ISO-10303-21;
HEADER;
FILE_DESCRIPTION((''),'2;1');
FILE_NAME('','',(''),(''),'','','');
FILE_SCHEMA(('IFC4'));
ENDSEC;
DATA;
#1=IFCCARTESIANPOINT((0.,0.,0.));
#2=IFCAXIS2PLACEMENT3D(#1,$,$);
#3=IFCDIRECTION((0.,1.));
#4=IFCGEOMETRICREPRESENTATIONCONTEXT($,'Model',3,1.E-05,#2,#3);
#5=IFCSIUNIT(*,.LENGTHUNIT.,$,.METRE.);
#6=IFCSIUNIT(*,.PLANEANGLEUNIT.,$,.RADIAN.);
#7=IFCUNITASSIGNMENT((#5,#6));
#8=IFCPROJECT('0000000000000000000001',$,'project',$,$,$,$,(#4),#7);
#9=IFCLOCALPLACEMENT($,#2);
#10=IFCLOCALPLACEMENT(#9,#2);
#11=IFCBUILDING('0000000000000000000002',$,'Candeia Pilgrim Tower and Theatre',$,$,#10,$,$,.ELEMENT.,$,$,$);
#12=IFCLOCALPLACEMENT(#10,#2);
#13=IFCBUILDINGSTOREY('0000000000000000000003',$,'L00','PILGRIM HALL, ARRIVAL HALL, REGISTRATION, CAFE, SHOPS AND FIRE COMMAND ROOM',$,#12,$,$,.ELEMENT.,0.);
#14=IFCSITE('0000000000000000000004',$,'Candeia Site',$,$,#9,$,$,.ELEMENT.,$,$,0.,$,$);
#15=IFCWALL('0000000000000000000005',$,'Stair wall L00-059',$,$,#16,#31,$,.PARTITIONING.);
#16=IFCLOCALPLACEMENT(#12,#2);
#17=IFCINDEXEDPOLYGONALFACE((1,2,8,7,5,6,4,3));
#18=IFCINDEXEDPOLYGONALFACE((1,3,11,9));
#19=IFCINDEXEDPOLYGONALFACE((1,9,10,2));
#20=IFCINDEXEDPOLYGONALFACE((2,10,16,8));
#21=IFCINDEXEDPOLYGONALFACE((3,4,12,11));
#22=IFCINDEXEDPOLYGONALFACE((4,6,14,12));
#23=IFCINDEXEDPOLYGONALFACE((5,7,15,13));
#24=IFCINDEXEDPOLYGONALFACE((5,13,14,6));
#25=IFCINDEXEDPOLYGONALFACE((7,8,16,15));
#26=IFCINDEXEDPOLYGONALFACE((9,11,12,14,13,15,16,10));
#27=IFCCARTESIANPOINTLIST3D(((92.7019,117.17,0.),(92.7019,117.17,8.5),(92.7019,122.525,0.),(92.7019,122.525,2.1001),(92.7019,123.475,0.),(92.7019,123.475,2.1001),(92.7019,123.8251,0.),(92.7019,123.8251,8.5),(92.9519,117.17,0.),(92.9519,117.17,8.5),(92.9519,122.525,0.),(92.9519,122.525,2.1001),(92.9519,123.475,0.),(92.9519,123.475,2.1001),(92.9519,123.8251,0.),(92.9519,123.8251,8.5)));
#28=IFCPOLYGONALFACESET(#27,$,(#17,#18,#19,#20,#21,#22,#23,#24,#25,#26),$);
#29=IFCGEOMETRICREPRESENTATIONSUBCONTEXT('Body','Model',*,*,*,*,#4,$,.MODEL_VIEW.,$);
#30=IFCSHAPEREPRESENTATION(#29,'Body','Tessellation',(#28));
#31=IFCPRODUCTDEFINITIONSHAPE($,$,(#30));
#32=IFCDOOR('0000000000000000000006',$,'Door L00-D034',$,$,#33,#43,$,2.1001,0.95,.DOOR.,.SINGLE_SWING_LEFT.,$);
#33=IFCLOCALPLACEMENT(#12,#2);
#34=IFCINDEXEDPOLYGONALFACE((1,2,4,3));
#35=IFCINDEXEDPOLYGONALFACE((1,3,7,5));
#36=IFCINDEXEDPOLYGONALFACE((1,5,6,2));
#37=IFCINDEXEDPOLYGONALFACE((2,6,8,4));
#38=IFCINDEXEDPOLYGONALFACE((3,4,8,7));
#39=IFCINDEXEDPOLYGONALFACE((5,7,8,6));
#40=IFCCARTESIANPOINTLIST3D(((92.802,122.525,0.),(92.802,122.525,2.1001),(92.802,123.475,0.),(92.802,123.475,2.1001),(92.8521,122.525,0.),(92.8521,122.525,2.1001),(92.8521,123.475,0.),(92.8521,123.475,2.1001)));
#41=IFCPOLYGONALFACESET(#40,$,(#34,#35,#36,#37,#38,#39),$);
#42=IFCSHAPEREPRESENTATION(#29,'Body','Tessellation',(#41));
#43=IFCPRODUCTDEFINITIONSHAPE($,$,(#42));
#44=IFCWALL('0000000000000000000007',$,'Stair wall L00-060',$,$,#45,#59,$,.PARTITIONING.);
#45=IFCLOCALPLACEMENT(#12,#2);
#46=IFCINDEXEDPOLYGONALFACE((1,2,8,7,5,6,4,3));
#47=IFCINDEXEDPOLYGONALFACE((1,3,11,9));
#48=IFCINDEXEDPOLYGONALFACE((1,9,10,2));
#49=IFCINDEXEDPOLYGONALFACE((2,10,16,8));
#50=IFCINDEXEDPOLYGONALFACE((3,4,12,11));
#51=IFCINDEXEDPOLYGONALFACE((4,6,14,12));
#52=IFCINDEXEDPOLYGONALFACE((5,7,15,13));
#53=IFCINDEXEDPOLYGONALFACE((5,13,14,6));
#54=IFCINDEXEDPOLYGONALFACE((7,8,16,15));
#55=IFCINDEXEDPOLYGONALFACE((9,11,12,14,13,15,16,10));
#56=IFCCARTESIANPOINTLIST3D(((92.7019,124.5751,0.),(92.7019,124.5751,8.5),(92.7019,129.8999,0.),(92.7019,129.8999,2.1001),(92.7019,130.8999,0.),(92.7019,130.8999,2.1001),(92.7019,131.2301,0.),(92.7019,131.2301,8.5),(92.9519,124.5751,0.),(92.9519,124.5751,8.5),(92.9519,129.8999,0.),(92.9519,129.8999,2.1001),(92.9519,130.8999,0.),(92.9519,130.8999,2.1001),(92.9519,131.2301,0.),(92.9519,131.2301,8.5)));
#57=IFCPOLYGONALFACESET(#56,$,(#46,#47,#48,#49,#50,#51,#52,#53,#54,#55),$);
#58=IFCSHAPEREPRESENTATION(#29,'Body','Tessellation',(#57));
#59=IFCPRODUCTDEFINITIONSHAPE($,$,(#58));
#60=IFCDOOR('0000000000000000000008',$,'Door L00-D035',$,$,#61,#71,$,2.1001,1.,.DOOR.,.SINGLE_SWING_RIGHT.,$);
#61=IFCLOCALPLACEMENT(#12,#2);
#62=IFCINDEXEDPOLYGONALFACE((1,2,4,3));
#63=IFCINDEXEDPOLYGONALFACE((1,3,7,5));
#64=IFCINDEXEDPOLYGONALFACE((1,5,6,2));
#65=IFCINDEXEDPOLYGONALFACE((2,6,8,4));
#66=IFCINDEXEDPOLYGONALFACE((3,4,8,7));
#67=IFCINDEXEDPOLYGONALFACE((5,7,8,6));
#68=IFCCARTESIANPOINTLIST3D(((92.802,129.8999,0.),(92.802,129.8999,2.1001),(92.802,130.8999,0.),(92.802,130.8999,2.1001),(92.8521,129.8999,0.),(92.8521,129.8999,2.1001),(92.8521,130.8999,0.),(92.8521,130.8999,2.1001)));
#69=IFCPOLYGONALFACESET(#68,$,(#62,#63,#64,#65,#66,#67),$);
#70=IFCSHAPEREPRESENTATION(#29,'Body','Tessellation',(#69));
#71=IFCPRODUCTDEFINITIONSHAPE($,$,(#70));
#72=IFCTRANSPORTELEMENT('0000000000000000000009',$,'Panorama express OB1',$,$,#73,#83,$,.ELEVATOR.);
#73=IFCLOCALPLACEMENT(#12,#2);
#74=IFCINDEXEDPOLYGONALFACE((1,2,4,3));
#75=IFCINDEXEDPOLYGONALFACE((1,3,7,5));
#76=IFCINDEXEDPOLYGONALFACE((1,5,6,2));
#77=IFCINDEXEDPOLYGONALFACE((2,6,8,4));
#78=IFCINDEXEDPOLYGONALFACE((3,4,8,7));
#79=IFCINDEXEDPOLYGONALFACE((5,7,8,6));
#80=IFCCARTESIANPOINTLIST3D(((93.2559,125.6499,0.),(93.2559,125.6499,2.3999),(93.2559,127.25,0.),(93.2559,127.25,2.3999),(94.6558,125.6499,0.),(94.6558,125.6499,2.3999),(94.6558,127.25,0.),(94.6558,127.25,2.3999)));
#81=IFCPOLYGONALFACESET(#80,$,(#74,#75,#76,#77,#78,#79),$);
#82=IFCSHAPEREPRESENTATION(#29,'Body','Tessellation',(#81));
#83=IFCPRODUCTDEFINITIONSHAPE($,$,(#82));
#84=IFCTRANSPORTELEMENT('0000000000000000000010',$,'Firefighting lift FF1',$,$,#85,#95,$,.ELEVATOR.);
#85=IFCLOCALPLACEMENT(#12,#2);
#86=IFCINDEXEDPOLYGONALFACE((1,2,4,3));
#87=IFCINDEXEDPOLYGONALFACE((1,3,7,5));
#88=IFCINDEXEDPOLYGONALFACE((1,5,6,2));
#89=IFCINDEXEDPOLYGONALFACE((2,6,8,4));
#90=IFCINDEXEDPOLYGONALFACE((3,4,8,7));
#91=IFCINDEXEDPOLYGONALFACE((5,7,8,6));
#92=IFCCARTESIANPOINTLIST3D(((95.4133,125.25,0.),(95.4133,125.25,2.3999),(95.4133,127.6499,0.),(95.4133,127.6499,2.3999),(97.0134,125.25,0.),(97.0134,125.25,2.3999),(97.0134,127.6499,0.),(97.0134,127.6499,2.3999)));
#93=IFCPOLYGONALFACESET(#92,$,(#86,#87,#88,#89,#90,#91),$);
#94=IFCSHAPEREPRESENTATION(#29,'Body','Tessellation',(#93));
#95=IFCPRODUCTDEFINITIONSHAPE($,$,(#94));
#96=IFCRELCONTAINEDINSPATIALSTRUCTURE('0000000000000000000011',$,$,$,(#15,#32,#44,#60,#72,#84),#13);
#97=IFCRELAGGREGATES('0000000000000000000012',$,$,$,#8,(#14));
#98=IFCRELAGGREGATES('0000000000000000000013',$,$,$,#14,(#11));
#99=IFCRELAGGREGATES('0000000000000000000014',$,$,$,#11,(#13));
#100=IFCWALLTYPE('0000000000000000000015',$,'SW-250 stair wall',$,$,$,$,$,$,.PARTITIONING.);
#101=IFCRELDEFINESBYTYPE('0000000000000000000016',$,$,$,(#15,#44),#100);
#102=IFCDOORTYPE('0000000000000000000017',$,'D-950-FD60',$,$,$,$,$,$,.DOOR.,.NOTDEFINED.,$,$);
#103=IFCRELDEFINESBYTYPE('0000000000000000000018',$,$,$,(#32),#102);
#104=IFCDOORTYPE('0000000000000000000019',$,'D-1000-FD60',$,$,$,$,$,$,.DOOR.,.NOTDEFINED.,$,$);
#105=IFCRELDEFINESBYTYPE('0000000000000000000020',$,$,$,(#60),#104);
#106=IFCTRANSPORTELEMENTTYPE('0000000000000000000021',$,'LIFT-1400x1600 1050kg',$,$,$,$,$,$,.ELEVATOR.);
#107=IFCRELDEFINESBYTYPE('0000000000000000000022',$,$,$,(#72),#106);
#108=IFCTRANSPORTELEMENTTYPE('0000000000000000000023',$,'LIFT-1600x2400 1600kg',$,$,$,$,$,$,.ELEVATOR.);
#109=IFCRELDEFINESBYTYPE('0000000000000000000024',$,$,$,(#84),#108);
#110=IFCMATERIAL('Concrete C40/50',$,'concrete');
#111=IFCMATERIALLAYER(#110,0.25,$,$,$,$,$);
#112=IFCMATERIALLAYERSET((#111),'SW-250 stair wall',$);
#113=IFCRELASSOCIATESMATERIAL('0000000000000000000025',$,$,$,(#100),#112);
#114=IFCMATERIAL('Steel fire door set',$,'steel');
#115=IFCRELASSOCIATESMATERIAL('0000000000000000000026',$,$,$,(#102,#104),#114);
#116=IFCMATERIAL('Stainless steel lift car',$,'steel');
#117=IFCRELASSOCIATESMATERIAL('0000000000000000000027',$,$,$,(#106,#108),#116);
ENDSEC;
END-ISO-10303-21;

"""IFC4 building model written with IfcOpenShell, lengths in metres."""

from ifc_helpers import new_model, si_unit, direction, frame, frame_2d, origin, origin_2d, place, context, subcontext, project, spatial, rectangle, extrude, material, layer, layer_set, type_object, element, fill, save


model = new_model("IFC4")

# Units and contexts
model_context = context("Model", 3, precision=1e-05, world=origin(), true_north=direction((0.0, 1.0)))
body_context = subcontext(model_context, "Body", "Model", "MODEL_VIEW")
ifc_project = project(units=[si_unit("LENGTHUNIT", "METRE"), si_unit("PLANEANGLEUNIT", "RADIAN")], contexts=[model_context])

# Site, building, storey
site_placement = place(None, origin())
site = spatial("IfcSite", under=ifc_project, at=site_placement, Name="Candeia Site", CompositionType="ELEMENT", RefElevation=0.0)
building_placement = place(site_placement, origin())
building = spatial("IfcBuilding", under=site, at=building_placement, Name="Candeia Pilgrim Tower and Theatre", CompositionType="ELEMENT")
storey_placement = place(building_placement, origin())
storey = spatial("IfcBuildingStorey", under=building, at=storey_placement, Name="L00", Description="PILGRIM HALL, ARRIVAL HALL, REGISTRATION, CAFE, SHOPS AND FIRE COMMAND ROOM", CompositionType="ELEMENT", Elevation=0.0)

# Shared definitions
ifc_material_1 = material(Name="Concrete C40/50", Category="concrete")

# Shared definitions
ifc_material_2 = material(Name="Steel fire door set", Category="steel")

# Walls, openings, doors
ifc_layer_1 = layer(ifc_material_1, 0.25)
ifc_layer_set_1 = layer_set([ifc_layer_1], Name="SW-250 stair wall")
wall_type_1 = type_object("IfcWallType", Name="SW-250 stair wall", PredefinedType="PARTITIONING", material=ifc_layer_set_1)
wall_1_placement = place(storey_placement, frame((92.8269, 117.1699, 0.0), z_axis=(0.0, 0.0, 1.0), x_axis=(0.0, 1.0, 0.0)))
wall_1 = element("IfcWall", 1, at=wall_1_placement, inside=storey, type_object=wall_type_1, Name="Stair wall L00-059", PredefinedType="PARTITIONING", context=body_context, shape_type="SweptSolid", body=[
    extrude(rectangle(XDim=6.655, YDim=0.25, at=frame_2d((3.3276, 0.0))), origin(), (0.0, 0.0, 1.0), 8.5),
])
opening_1_placement = place(wall_1_placement, frame((5.355, 0.0, 0.0)))
opening_1 = element("IfcOpeningElement", 2, at=opening_1_placement, cuts=wall_1, PredefinedType="OPENING", context=body_context, shape_type="SweptSolid", body=[
    extrude(rectangle(XDim=0.95, YDim=2.1001, at=frame_2d((0.4751, 1.05))), frame((0.0, 0.135, 0.0), z_axis=(0.0, -1.0, 0.0), x_axis=(1.0, 0.0, 0.0)), (0.0, 0.0, 1.0), 0.27),
])
door_type_1 = type_object("IfcDoorType", Name="D-950-FD60", OperationType="NOTDEFINED", PredefinedType="DOOR", material=ifc_material_2)
door_1_placement = place(opening_1_placement, origin())
door_1 = element("IfcDoor", 3, at=door_1_placement, inside=storey, type_object=door_type_1, Name="Door L00-D034", OperationType="SINGLE_SWING_LEFT", OverallHeight=2.1001, OverallWidth=0.95, PredefinedType="DOOR", context=body_context, shape_type="SweptSolid", body=[
    extrude(rectangle(XDim=0.95, YDim=2.1001, at=frame_2d((0.4751, 1.05))), frame((0.0, 0.0249, 0.0), z_axis=(0.0, -1.0, 0.0), x_axis=(1.0, 0.0, 0.0)), (0.0, 0.0, 1.0), 0.05),
])
fill(opening_1, door_1)
wall_2_placement = place(storey_placement, frame((92.8269, 124.575, 0.0), z_axis=(0.0, 0.0, 1.0), x_axis=(0.0, 1.0, 0.0)))
wall_2 = element("IfcWall", 4, at=wall_2_placement, inside=storey, type_object=wall_type_1, Name="Stair wall L00-060", PredefinedType="PARTITIONING", context=body_context, shape_type="SweptSolid", body=[
    extrude(rectangle(XDim=6.655, YDim=0.25, at=frame_2d((3.3276, 0.0))), origin(), (0.0, 0.0, 1.0), 8.5),
])
opening_2_placement = place(wall_2_placement, frame((5.325, 0.0, 0.0)))
opening_2 = element("IfcOpeningElement", 5, at=opening_2_placement, cuts=wall_2, PredefinedType="OPENING", context=body_context, shape_type="SweptSolid", body=[
    extrude(rectangle(XDim=1.0, YDim=2.1001, at=frame_2d((0.5, 1.05))), frame((0.0, 0.135, 0.0), z_axis=(0.0, -1.0, 0.0), x_axis=(1.0, 0.0, 0.0)), (0.0, 0.0, 1.0), 0.27),
])
door_type_2 = type_object("IfcDoorType", Name="D-1000-FD60", OperationType="NOTDEFINED", PredefinedType="DOOR", material=ifc_material_2)
door_2_placement = place(opening_2_placement, origin())
door_2 = element("IfcDoor", 6, at=door_2_placement, inside=storey, type_object=door_type_2, Name="Door L00-D035", OperationType="SINGLE_SWING_RIGHT", OverallHeight=2.1001, OverallWidth=1.0, PredefinedType="DOOR", context=body_context, shape_type="SweptSolid", body=[
    extrude(rectangle(XDim=1.0, YDim=2.1001, at=frame_2d((0.5, 1.05))), frame((0.0, 0.0249, 0.0), z_axis=(0.0, -1.0, 0.0), x_axis=(1.0, 0.0, 0.0)), (0.0, 0.0, 1.0), 0.05),
])
fill(opening_2, door_2)

# Transport elements
ifc_material_3 = material(Name="Stainless steel lift car", Category="steel")
transport_element_type_1 = type_object("IfcTransportElementType", Name="LIFT-1400x1600 1050kg", PredefinedType="ELEVATOR", material=ifc_material_3)
transport_element_1_placement = place(storey_placement, frame((93.9558, 126.45, 0.0), z_axis=(0.0, 0.0, 1.0), x_axis=(1.0, 0.0, 0.0)))
element("IfcTransportElement", 7, at=transport_element_1_placement, inside=storey, type_object=transport_element_type_1, Name="Panorama express OB1", PredefinedType="ELEVATOR", context=body_context, shape_type="SweptSolid", body=[
    extrude(rectangle(XDim=1.3999, YDim=1.6001, at=origin_2d()), origin(), (0.0, 0.0, 1.0), 2.3999),
])
transport_element_type_2 = type_object("IfcTransportElementType", Name="LIFT-1600x2400 1600kg", PredefinedType="ELEVATOR", material=ifc_material_3)
transport_element_2_placement = place(storey_placement, frame((96.2134, 126.45, 0.0), z_axis=(0.0, 0.0, 1.0), x_axis=(1.0, 0.0, 0.0)))
element("IfcTransportElement", 8, at=transport_element_2_placement, inside=storey, type_object=transport_element_type_2, Name="Firefighting lift FF1", PredefinedType="ELEVATOR", context=body_context, shape_type="SweptSolid", body=[
    extrude(rectangle(XDim=1.6001, YDim=2.3999, at=origin_2d()), origin(), (0.0, 0.0, 1.0), 2.3999),
])

save(model, "model.ifc")
